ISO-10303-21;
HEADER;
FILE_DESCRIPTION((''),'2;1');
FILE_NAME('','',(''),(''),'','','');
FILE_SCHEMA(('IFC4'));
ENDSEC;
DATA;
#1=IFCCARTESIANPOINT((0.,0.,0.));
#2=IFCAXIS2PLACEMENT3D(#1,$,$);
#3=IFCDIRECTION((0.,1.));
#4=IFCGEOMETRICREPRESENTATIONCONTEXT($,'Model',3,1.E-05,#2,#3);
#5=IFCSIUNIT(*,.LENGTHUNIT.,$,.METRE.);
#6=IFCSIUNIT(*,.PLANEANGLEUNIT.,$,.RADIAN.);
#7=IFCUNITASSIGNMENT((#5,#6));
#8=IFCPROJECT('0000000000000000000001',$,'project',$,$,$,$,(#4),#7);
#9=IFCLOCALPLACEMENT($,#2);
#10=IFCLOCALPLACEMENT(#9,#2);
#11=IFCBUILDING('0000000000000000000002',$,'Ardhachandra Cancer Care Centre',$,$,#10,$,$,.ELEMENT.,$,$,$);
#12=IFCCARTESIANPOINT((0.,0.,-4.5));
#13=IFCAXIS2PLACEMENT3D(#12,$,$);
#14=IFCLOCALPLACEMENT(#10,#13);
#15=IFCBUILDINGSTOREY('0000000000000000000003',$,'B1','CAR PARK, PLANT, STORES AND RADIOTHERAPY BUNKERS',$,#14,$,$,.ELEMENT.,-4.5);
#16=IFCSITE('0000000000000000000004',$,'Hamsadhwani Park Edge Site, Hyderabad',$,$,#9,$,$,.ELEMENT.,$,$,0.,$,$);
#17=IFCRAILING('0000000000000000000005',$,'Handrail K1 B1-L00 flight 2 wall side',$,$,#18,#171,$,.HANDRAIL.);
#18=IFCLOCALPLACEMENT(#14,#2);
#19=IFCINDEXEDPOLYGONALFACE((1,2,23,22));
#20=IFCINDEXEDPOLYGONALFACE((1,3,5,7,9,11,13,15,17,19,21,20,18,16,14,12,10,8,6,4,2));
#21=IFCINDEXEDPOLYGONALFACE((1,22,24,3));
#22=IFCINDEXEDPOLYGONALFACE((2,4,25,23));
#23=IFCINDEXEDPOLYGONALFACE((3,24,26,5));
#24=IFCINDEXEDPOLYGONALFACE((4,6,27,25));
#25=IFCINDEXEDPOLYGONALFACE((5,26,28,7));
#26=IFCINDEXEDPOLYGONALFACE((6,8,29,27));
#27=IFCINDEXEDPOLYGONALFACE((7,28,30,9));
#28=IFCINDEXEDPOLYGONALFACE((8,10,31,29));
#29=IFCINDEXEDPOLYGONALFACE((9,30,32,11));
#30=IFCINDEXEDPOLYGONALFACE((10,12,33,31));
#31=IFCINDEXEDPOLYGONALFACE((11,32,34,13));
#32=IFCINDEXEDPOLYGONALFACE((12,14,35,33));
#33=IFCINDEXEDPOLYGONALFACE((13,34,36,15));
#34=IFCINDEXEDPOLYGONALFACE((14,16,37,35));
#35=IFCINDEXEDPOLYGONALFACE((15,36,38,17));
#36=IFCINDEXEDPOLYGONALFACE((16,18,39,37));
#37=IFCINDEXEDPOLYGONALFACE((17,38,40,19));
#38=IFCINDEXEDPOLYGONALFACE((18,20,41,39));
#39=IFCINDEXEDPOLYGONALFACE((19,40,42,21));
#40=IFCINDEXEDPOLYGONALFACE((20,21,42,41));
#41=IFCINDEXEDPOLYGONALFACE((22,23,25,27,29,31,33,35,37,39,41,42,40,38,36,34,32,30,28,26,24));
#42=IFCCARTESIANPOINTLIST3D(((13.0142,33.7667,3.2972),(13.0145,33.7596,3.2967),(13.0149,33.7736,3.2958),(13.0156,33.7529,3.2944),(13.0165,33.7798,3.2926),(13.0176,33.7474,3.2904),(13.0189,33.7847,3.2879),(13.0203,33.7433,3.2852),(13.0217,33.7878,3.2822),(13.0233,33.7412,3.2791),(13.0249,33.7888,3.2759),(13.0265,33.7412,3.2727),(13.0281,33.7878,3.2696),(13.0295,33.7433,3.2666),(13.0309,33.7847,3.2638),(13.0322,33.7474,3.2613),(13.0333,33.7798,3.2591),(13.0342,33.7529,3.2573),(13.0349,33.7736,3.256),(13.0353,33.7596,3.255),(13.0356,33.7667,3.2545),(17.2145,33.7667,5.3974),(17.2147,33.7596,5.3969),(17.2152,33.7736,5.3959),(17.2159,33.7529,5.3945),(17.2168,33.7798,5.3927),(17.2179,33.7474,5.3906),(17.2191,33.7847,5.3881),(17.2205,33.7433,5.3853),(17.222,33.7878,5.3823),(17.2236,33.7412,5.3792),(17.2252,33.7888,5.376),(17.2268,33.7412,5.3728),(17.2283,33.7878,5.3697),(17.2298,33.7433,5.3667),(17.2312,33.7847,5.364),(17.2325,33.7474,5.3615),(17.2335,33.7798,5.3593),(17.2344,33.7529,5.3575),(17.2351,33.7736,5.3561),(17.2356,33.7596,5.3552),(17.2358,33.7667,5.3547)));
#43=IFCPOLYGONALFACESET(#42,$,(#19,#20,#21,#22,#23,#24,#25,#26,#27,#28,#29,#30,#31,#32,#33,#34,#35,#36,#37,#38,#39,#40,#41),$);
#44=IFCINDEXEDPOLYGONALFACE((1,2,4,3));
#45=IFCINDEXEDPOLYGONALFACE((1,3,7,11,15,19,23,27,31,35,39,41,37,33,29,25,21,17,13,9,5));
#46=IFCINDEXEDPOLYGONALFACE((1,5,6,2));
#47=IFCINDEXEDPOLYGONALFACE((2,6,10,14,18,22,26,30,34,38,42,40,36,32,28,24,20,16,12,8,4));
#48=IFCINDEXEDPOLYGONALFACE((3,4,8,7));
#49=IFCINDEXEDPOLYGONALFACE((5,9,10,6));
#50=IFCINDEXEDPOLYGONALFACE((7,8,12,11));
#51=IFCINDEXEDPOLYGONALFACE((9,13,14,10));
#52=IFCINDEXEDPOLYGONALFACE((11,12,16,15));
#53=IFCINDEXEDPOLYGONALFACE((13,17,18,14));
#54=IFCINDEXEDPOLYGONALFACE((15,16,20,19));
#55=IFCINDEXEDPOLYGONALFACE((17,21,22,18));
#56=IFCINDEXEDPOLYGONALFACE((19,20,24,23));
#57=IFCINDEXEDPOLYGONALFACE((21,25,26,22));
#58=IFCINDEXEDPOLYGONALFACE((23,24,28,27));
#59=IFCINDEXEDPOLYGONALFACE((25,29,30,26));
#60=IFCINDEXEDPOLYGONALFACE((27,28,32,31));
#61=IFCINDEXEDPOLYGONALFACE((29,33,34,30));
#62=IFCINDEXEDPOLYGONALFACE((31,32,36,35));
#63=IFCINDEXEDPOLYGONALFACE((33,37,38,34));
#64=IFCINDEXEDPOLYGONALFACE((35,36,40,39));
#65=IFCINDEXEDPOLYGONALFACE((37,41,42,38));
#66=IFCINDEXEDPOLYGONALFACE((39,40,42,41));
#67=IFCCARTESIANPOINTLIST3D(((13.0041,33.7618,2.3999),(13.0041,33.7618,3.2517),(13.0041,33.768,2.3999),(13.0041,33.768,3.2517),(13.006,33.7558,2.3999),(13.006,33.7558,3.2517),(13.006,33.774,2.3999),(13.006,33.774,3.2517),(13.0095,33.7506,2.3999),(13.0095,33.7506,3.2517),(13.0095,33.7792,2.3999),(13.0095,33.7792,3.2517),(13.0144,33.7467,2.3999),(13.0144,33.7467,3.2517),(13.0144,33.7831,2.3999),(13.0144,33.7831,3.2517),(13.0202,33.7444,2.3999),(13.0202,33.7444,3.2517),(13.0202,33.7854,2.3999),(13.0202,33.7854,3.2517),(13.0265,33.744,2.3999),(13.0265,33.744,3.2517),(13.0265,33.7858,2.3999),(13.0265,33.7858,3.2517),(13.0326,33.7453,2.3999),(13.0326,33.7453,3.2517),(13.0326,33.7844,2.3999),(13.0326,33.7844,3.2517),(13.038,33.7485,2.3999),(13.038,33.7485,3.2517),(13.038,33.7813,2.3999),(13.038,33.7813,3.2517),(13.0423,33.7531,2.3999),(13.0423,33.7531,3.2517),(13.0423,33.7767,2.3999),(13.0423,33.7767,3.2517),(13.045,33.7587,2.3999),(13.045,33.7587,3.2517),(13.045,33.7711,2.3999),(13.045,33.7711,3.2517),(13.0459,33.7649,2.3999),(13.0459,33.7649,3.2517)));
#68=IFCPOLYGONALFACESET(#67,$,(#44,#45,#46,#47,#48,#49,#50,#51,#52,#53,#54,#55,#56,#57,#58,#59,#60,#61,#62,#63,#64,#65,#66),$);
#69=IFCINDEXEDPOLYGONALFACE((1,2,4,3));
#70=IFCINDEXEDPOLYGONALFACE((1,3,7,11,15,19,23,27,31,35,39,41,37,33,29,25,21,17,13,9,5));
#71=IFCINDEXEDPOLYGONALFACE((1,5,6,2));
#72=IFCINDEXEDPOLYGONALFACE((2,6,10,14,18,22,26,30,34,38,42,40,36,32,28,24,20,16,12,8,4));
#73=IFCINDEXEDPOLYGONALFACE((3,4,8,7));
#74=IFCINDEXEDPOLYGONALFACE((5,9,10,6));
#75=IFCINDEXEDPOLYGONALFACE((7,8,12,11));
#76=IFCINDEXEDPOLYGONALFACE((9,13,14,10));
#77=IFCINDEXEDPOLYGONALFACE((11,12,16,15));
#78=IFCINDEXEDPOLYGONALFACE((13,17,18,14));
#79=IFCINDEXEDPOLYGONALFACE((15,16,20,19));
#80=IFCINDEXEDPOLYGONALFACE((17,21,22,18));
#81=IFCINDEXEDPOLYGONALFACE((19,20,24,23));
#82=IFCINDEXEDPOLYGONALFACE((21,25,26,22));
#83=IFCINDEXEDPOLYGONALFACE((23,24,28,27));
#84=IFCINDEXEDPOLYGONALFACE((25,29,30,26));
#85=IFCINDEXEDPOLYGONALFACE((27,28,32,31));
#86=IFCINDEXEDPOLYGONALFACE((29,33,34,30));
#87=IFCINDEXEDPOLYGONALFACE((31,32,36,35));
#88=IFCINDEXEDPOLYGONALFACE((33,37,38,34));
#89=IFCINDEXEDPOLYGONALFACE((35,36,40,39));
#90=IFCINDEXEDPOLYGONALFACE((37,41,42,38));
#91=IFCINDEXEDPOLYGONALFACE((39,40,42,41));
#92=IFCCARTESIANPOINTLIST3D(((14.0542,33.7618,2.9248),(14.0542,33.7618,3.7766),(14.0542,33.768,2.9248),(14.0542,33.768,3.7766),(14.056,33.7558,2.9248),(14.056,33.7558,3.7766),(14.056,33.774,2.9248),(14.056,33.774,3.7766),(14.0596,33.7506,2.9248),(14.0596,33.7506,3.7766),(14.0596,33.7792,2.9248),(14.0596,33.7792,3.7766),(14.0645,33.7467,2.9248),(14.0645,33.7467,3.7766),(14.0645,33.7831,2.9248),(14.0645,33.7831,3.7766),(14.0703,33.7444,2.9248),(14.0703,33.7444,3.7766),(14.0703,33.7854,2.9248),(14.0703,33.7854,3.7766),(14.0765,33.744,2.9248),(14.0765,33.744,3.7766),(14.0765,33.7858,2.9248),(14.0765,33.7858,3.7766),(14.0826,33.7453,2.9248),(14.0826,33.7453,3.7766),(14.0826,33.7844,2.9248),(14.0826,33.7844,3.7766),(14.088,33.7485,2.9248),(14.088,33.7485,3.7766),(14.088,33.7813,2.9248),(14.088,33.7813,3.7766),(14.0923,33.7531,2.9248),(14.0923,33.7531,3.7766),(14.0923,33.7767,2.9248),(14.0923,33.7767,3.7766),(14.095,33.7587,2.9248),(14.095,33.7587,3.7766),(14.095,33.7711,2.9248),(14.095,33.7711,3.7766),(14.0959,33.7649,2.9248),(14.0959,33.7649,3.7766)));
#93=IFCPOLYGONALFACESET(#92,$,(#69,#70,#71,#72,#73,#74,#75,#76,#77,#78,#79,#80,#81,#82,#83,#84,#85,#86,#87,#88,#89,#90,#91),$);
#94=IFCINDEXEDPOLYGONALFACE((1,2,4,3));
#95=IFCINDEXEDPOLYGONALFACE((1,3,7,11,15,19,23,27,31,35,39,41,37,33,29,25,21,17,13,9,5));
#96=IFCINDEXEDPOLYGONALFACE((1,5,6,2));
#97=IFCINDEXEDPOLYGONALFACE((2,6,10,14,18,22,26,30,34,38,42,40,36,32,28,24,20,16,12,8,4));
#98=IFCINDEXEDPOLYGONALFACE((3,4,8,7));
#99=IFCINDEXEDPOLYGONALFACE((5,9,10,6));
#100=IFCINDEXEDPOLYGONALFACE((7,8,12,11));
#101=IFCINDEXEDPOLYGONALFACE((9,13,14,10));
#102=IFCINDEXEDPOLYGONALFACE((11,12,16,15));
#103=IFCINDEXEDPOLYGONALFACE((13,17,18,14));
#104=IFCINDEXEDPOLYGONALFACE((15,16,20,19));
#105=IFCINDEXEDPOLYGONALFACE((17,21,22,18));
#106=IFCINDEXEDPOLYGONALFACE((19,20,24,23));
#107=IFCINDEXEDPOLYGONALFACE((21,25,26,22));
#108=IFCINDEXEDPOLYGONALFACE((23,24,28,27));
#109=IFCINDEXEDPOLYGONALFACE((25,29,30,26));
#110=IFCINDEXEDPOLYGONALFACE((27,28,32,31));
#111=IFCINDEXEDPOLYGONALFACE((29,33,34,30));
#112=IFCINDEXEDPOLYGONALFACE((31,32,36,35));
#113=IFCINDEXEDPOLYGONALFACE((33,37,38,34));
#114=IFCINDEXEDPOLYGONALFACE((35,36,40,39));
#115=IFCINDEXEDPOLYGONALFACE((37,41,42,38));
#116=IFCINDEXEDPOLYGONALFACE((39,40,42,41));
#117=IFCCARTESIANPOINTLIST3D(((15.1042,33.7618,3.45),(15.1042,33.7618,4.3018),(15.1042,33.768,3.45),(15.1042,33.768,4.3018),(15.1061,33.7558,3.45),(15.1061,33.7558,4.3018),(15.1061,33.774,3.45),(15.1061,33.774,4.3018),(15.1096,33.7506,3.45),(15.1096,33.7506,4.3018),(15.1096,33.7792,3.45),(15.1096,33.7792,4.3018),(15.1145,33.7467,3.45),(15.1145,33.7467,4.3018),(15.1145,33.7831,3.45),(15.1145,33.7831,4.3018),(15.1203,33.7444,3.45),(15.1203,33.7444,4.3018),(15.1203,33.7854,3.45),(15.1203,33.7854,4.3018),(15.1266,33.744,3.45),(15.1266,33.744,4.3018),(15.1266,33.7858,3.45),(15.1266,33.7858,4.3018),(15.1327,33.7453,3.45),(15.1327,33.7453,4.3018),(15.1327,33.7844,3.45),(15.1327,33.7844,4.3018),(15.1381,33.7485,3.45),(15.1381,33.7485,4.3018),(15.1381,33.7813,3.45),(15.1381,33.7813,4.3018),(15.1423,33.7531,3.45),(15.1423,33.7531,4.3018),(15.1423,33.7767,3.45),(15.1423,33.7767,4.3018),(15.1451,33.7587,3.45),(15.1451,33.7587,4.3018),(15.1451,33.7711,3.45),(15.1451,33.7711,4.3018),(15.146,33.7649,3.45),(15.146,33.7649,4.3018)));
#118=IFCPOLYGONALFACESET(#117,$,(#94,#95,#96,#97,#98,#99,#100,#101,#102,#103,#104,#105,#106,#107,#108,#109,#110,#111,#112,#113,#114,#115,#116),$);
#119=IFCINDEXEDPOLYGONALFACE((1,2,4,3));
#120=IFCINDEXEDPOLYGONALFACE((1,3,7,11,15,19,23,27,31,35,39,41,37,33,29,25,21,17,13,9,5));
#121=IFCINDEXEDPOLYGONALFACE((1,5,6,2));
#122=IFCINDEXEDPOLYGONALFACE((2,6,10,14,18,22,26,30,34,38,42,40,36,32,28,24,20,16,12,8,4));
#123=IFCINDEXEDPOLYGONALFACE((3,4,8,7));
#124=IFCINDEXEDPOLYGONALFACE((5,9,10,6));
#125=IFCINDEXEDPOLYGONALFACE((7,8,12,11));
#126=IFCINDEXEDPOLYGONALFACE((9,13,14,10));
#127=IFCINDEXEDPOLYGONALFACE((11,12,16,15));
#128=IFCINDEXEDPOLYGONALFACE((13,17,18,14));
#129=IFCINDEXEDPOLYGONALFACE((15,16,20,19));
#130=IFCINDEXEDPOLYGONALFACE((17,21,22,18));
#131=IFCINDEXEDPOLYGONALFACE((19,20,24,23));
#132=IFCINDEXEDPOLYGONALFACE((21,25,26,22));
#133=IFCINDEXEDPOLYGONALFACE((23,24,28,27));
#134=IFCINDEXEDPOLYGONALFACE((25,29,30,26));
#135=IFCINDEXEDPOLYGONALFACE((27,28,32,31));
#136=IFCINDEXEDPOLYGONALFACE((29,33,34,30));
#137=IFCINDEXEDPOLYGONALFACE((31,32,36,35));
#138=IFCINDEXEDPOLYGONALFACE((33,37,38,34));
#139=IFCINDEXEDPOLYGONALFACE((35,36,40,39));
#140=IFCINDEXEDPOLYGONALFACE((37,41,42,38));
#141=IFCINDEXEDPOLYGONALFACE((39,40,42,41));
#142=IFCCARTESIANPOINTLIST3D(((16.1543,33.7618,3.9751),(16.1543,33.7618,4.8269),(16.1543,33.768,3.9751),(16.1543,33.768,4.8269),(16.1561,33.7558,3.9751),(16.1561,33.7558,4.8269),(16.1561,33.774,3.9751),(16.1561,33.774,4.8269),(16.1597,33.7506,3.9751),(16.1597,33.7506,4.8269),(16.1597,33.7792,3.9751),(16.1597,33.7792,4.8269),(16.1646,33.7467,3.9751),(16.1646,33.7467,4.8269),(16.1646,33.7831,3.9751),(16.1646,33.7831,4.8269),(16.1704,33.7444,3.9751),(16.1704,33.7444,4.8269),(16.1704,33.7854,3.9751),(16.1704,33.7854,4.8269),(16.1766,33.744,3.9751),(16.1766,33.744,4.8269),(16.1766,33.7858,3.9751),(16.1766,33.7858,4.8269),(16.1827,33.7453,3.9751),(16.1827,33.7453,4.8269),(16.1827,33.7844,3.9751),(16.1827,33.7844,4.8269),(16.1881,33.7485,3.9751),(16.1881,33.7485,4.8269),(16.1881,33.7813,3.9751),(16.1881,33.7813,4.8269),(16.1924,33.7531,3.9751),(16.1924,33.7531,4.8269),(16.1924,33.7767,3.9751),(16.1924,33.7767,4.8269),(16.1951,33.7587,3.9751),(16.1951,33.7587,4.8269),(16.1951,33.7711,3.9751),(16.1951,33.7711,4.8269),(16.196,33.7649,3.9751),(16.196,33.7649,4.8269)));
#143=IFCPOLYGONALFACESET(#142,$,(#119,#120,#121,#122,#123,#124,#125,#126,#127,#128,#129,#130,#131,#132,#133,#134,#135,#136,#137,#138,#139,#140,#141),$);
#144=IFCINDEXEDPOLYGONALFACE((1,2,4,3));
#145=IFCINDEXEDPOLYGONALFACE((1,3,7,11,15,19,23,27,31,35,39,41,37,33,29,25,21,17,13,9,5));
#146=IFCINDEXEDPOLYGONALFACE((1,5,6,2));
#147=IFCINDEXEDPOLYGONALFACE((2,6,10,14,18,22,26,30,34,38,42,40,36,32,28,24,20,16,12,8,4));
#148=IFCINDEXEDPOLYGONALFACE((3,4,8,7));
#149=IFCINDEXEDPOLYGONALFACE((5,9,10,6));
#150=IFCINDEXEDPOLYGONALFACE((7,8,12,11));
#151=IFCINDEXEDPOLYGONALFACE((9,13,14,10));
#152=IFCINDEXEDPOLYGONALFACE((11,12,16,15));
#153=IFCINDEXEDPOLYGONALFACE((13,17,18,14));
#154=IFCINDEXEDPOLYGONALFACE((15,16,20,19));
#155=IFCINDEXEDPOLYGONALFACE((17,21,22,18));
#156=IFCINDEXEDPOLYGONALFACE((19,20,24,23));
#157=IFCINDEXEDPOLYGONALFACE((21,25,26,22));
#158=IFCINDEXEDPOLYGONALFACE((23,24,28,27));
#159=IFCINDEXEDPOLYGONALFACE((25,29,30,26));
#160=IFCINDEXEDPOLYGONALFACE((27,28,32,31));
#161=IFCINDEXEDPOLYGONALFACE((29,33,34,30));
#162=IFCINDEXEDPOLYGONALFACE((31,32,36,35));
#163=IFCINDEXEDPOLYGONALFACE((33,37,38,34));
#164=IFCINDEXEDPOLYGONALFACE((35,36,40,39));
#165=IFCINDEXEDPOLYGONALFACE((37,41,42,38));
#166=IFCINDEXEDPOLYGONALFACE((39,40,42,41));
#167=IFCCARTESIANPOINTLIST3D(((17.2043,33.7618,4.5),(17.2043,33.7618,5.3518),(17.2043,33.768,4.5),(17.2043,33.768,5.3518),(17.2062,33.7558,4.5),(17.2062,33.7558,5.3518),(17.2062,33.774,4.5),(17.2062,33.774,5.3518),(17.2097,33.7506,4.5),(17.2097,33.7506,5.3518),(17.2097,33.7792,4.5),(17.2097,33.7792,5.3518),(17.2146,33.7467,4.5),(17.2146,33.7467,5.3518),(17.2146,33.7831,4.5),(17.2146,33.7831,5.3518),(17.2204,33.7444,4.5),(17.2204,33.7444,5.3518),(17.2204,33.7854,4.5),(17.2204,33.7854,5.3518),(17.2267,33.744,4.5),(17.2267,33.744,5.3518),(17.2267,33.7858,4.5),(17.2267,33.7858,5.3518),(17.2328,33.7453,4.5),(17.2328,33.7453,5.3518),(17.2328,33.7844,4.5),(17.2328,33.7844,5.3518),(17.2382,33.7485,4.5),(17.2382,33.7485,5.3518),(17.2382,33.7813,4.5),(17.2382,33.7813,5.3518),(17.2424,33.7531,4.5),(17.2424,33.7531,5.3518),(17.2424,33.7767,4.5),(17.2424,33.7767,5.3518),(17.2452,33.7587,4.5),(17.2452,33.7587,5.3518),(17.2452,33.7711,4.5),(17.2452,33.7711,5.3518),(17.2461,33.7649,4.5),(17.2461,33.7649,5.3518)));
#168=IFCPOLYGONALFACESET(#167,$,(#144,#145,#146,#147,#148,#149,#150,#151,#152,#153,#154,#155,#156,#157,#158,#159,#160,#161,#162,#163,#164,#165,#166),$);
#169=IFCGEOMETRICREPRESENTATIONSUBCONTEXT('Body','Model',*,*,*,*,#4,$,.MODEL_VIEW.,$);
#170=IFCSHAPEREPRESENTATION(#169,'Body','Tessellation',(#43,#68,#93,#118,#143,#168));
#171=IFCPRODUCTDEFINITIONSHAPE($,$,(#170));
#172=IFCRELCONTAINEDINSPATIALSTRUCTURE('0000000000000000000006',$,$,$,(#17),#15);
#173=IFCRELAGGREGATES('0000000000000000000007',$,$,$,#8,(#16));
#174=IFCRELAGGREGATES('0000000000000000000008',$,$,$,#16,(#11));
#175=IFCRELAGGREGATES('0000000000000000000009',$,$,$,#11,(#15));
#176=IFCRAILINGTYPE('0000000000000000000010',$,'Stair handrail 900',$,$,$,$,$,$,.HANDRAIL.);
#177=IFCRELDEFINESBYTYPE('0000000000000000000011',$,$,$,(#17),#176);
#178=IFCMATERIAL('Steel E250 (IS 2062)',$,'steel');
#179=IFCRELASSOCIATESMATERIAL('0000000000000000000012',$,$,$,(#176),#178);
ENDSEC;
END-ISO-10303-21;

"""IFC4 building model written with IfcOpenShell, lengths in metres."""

from ifc_helpers import new_model, si_unit, direction, frame, origin, origin_2d, place, context, subcontext, project, spatial, circle, extrude, material, type_object, element, save


model = new_model("IFC4")

# Units and contexts
model_context = context("Model", 3, precision=1e-05, world=origin(), true_north=direction((0.0, 1.0)))
body_context = subcontext(model_context, "Body", "Model", "MODEL_VIEW")
ifc_project = project(units=[si_unit("LENGTHUNIT", "METRE"), si_unit("PLANEANGLEUNIT", "RADIAN")], contexts=[model_context])

# Site, building, storey
site_placement = place(None, origin())
site = spatial("IfcSite", under=ifc_project, at=site_placement, Name="Hamsadhwani Park Edge Site, Hyderabad", CompositionType="ELEMENT", RefElevation=0.0)
building_placement = place(site_placement, origin())
building = spatial("IfcBuilding", under=site, at=building_placement, Name="Ardhachandra Cancer Care Centre", CompositionType="ELEMENT")
storey_placement = place(building_placement, frame((0.0, 0.0, -4.5)))
storey = spatial("IfcBuildingStorey", under=building, at=storey_placement, Name="B1", Description="CAR PARK, PLANT, STORES AND RADIOTHERAPY BUNKERS", CompositionType="ELEMENT", Elevation=-4.5)

# Railing
ifc_material_1 = material(Name="Steel E250 (IS 2062)", Category="steel")
railing_type = type_object("IfcRailingType", Name="Stair handrail 900", PredefinedType="HANDRAIL", material=ifc_material_1)
for number, where, name in (
    (1, (13.0249, 33.7649, 2.3999), "Handrail K1 B1-L00 flight 2 wall side"),
):
    element("IfcRailing", number, at=place(storey_placement, frame(where)), inside=storey, type_object=railing_type, Name=name, PredefinedType="HANDRAIL", context=body_context, shape_type="SweptSolid", body=[
        extrude(circle(Radius=0.0239, at=origin_2d()), frame((0.0, 0.0, 0.876), z_axis=(0.894427, 0.0, 0.447214), x_axis=(0.0, 1.0, 0.0)), (0.0, 0.0, 1.0), 4.696),
        extrude(circle(Radius=0.021, at=origin_2d()), origin(), (0.0, 0.0, 1.0), 0.8518),
        extrude(circle(Radius=0.021, at=origin_2d()), frame((1.05, 0.0, 0.5249)), (0.0, 0.0, 1.0), 0.8518),
        extrude(circle(Radius=0.021, at=origin_2d()), frame((2.1001, 0.0, 1.05)), (0.0, 0.0, 1.0), 0.8518),
        extrude(circle(Radius=0.021, at=origin_2d()), frame((3.1501, 0.0, 1.5752)), (0.0, 0.0, 1.0), 0.8518),
        extrude(circle(Radius=0.021, at=origin_2d()), frame((4.2002, 0.0, 2.1001)), (0.0, 0.0, 1.0), 0.8518),
    ])

save(model, "model.ifc")
